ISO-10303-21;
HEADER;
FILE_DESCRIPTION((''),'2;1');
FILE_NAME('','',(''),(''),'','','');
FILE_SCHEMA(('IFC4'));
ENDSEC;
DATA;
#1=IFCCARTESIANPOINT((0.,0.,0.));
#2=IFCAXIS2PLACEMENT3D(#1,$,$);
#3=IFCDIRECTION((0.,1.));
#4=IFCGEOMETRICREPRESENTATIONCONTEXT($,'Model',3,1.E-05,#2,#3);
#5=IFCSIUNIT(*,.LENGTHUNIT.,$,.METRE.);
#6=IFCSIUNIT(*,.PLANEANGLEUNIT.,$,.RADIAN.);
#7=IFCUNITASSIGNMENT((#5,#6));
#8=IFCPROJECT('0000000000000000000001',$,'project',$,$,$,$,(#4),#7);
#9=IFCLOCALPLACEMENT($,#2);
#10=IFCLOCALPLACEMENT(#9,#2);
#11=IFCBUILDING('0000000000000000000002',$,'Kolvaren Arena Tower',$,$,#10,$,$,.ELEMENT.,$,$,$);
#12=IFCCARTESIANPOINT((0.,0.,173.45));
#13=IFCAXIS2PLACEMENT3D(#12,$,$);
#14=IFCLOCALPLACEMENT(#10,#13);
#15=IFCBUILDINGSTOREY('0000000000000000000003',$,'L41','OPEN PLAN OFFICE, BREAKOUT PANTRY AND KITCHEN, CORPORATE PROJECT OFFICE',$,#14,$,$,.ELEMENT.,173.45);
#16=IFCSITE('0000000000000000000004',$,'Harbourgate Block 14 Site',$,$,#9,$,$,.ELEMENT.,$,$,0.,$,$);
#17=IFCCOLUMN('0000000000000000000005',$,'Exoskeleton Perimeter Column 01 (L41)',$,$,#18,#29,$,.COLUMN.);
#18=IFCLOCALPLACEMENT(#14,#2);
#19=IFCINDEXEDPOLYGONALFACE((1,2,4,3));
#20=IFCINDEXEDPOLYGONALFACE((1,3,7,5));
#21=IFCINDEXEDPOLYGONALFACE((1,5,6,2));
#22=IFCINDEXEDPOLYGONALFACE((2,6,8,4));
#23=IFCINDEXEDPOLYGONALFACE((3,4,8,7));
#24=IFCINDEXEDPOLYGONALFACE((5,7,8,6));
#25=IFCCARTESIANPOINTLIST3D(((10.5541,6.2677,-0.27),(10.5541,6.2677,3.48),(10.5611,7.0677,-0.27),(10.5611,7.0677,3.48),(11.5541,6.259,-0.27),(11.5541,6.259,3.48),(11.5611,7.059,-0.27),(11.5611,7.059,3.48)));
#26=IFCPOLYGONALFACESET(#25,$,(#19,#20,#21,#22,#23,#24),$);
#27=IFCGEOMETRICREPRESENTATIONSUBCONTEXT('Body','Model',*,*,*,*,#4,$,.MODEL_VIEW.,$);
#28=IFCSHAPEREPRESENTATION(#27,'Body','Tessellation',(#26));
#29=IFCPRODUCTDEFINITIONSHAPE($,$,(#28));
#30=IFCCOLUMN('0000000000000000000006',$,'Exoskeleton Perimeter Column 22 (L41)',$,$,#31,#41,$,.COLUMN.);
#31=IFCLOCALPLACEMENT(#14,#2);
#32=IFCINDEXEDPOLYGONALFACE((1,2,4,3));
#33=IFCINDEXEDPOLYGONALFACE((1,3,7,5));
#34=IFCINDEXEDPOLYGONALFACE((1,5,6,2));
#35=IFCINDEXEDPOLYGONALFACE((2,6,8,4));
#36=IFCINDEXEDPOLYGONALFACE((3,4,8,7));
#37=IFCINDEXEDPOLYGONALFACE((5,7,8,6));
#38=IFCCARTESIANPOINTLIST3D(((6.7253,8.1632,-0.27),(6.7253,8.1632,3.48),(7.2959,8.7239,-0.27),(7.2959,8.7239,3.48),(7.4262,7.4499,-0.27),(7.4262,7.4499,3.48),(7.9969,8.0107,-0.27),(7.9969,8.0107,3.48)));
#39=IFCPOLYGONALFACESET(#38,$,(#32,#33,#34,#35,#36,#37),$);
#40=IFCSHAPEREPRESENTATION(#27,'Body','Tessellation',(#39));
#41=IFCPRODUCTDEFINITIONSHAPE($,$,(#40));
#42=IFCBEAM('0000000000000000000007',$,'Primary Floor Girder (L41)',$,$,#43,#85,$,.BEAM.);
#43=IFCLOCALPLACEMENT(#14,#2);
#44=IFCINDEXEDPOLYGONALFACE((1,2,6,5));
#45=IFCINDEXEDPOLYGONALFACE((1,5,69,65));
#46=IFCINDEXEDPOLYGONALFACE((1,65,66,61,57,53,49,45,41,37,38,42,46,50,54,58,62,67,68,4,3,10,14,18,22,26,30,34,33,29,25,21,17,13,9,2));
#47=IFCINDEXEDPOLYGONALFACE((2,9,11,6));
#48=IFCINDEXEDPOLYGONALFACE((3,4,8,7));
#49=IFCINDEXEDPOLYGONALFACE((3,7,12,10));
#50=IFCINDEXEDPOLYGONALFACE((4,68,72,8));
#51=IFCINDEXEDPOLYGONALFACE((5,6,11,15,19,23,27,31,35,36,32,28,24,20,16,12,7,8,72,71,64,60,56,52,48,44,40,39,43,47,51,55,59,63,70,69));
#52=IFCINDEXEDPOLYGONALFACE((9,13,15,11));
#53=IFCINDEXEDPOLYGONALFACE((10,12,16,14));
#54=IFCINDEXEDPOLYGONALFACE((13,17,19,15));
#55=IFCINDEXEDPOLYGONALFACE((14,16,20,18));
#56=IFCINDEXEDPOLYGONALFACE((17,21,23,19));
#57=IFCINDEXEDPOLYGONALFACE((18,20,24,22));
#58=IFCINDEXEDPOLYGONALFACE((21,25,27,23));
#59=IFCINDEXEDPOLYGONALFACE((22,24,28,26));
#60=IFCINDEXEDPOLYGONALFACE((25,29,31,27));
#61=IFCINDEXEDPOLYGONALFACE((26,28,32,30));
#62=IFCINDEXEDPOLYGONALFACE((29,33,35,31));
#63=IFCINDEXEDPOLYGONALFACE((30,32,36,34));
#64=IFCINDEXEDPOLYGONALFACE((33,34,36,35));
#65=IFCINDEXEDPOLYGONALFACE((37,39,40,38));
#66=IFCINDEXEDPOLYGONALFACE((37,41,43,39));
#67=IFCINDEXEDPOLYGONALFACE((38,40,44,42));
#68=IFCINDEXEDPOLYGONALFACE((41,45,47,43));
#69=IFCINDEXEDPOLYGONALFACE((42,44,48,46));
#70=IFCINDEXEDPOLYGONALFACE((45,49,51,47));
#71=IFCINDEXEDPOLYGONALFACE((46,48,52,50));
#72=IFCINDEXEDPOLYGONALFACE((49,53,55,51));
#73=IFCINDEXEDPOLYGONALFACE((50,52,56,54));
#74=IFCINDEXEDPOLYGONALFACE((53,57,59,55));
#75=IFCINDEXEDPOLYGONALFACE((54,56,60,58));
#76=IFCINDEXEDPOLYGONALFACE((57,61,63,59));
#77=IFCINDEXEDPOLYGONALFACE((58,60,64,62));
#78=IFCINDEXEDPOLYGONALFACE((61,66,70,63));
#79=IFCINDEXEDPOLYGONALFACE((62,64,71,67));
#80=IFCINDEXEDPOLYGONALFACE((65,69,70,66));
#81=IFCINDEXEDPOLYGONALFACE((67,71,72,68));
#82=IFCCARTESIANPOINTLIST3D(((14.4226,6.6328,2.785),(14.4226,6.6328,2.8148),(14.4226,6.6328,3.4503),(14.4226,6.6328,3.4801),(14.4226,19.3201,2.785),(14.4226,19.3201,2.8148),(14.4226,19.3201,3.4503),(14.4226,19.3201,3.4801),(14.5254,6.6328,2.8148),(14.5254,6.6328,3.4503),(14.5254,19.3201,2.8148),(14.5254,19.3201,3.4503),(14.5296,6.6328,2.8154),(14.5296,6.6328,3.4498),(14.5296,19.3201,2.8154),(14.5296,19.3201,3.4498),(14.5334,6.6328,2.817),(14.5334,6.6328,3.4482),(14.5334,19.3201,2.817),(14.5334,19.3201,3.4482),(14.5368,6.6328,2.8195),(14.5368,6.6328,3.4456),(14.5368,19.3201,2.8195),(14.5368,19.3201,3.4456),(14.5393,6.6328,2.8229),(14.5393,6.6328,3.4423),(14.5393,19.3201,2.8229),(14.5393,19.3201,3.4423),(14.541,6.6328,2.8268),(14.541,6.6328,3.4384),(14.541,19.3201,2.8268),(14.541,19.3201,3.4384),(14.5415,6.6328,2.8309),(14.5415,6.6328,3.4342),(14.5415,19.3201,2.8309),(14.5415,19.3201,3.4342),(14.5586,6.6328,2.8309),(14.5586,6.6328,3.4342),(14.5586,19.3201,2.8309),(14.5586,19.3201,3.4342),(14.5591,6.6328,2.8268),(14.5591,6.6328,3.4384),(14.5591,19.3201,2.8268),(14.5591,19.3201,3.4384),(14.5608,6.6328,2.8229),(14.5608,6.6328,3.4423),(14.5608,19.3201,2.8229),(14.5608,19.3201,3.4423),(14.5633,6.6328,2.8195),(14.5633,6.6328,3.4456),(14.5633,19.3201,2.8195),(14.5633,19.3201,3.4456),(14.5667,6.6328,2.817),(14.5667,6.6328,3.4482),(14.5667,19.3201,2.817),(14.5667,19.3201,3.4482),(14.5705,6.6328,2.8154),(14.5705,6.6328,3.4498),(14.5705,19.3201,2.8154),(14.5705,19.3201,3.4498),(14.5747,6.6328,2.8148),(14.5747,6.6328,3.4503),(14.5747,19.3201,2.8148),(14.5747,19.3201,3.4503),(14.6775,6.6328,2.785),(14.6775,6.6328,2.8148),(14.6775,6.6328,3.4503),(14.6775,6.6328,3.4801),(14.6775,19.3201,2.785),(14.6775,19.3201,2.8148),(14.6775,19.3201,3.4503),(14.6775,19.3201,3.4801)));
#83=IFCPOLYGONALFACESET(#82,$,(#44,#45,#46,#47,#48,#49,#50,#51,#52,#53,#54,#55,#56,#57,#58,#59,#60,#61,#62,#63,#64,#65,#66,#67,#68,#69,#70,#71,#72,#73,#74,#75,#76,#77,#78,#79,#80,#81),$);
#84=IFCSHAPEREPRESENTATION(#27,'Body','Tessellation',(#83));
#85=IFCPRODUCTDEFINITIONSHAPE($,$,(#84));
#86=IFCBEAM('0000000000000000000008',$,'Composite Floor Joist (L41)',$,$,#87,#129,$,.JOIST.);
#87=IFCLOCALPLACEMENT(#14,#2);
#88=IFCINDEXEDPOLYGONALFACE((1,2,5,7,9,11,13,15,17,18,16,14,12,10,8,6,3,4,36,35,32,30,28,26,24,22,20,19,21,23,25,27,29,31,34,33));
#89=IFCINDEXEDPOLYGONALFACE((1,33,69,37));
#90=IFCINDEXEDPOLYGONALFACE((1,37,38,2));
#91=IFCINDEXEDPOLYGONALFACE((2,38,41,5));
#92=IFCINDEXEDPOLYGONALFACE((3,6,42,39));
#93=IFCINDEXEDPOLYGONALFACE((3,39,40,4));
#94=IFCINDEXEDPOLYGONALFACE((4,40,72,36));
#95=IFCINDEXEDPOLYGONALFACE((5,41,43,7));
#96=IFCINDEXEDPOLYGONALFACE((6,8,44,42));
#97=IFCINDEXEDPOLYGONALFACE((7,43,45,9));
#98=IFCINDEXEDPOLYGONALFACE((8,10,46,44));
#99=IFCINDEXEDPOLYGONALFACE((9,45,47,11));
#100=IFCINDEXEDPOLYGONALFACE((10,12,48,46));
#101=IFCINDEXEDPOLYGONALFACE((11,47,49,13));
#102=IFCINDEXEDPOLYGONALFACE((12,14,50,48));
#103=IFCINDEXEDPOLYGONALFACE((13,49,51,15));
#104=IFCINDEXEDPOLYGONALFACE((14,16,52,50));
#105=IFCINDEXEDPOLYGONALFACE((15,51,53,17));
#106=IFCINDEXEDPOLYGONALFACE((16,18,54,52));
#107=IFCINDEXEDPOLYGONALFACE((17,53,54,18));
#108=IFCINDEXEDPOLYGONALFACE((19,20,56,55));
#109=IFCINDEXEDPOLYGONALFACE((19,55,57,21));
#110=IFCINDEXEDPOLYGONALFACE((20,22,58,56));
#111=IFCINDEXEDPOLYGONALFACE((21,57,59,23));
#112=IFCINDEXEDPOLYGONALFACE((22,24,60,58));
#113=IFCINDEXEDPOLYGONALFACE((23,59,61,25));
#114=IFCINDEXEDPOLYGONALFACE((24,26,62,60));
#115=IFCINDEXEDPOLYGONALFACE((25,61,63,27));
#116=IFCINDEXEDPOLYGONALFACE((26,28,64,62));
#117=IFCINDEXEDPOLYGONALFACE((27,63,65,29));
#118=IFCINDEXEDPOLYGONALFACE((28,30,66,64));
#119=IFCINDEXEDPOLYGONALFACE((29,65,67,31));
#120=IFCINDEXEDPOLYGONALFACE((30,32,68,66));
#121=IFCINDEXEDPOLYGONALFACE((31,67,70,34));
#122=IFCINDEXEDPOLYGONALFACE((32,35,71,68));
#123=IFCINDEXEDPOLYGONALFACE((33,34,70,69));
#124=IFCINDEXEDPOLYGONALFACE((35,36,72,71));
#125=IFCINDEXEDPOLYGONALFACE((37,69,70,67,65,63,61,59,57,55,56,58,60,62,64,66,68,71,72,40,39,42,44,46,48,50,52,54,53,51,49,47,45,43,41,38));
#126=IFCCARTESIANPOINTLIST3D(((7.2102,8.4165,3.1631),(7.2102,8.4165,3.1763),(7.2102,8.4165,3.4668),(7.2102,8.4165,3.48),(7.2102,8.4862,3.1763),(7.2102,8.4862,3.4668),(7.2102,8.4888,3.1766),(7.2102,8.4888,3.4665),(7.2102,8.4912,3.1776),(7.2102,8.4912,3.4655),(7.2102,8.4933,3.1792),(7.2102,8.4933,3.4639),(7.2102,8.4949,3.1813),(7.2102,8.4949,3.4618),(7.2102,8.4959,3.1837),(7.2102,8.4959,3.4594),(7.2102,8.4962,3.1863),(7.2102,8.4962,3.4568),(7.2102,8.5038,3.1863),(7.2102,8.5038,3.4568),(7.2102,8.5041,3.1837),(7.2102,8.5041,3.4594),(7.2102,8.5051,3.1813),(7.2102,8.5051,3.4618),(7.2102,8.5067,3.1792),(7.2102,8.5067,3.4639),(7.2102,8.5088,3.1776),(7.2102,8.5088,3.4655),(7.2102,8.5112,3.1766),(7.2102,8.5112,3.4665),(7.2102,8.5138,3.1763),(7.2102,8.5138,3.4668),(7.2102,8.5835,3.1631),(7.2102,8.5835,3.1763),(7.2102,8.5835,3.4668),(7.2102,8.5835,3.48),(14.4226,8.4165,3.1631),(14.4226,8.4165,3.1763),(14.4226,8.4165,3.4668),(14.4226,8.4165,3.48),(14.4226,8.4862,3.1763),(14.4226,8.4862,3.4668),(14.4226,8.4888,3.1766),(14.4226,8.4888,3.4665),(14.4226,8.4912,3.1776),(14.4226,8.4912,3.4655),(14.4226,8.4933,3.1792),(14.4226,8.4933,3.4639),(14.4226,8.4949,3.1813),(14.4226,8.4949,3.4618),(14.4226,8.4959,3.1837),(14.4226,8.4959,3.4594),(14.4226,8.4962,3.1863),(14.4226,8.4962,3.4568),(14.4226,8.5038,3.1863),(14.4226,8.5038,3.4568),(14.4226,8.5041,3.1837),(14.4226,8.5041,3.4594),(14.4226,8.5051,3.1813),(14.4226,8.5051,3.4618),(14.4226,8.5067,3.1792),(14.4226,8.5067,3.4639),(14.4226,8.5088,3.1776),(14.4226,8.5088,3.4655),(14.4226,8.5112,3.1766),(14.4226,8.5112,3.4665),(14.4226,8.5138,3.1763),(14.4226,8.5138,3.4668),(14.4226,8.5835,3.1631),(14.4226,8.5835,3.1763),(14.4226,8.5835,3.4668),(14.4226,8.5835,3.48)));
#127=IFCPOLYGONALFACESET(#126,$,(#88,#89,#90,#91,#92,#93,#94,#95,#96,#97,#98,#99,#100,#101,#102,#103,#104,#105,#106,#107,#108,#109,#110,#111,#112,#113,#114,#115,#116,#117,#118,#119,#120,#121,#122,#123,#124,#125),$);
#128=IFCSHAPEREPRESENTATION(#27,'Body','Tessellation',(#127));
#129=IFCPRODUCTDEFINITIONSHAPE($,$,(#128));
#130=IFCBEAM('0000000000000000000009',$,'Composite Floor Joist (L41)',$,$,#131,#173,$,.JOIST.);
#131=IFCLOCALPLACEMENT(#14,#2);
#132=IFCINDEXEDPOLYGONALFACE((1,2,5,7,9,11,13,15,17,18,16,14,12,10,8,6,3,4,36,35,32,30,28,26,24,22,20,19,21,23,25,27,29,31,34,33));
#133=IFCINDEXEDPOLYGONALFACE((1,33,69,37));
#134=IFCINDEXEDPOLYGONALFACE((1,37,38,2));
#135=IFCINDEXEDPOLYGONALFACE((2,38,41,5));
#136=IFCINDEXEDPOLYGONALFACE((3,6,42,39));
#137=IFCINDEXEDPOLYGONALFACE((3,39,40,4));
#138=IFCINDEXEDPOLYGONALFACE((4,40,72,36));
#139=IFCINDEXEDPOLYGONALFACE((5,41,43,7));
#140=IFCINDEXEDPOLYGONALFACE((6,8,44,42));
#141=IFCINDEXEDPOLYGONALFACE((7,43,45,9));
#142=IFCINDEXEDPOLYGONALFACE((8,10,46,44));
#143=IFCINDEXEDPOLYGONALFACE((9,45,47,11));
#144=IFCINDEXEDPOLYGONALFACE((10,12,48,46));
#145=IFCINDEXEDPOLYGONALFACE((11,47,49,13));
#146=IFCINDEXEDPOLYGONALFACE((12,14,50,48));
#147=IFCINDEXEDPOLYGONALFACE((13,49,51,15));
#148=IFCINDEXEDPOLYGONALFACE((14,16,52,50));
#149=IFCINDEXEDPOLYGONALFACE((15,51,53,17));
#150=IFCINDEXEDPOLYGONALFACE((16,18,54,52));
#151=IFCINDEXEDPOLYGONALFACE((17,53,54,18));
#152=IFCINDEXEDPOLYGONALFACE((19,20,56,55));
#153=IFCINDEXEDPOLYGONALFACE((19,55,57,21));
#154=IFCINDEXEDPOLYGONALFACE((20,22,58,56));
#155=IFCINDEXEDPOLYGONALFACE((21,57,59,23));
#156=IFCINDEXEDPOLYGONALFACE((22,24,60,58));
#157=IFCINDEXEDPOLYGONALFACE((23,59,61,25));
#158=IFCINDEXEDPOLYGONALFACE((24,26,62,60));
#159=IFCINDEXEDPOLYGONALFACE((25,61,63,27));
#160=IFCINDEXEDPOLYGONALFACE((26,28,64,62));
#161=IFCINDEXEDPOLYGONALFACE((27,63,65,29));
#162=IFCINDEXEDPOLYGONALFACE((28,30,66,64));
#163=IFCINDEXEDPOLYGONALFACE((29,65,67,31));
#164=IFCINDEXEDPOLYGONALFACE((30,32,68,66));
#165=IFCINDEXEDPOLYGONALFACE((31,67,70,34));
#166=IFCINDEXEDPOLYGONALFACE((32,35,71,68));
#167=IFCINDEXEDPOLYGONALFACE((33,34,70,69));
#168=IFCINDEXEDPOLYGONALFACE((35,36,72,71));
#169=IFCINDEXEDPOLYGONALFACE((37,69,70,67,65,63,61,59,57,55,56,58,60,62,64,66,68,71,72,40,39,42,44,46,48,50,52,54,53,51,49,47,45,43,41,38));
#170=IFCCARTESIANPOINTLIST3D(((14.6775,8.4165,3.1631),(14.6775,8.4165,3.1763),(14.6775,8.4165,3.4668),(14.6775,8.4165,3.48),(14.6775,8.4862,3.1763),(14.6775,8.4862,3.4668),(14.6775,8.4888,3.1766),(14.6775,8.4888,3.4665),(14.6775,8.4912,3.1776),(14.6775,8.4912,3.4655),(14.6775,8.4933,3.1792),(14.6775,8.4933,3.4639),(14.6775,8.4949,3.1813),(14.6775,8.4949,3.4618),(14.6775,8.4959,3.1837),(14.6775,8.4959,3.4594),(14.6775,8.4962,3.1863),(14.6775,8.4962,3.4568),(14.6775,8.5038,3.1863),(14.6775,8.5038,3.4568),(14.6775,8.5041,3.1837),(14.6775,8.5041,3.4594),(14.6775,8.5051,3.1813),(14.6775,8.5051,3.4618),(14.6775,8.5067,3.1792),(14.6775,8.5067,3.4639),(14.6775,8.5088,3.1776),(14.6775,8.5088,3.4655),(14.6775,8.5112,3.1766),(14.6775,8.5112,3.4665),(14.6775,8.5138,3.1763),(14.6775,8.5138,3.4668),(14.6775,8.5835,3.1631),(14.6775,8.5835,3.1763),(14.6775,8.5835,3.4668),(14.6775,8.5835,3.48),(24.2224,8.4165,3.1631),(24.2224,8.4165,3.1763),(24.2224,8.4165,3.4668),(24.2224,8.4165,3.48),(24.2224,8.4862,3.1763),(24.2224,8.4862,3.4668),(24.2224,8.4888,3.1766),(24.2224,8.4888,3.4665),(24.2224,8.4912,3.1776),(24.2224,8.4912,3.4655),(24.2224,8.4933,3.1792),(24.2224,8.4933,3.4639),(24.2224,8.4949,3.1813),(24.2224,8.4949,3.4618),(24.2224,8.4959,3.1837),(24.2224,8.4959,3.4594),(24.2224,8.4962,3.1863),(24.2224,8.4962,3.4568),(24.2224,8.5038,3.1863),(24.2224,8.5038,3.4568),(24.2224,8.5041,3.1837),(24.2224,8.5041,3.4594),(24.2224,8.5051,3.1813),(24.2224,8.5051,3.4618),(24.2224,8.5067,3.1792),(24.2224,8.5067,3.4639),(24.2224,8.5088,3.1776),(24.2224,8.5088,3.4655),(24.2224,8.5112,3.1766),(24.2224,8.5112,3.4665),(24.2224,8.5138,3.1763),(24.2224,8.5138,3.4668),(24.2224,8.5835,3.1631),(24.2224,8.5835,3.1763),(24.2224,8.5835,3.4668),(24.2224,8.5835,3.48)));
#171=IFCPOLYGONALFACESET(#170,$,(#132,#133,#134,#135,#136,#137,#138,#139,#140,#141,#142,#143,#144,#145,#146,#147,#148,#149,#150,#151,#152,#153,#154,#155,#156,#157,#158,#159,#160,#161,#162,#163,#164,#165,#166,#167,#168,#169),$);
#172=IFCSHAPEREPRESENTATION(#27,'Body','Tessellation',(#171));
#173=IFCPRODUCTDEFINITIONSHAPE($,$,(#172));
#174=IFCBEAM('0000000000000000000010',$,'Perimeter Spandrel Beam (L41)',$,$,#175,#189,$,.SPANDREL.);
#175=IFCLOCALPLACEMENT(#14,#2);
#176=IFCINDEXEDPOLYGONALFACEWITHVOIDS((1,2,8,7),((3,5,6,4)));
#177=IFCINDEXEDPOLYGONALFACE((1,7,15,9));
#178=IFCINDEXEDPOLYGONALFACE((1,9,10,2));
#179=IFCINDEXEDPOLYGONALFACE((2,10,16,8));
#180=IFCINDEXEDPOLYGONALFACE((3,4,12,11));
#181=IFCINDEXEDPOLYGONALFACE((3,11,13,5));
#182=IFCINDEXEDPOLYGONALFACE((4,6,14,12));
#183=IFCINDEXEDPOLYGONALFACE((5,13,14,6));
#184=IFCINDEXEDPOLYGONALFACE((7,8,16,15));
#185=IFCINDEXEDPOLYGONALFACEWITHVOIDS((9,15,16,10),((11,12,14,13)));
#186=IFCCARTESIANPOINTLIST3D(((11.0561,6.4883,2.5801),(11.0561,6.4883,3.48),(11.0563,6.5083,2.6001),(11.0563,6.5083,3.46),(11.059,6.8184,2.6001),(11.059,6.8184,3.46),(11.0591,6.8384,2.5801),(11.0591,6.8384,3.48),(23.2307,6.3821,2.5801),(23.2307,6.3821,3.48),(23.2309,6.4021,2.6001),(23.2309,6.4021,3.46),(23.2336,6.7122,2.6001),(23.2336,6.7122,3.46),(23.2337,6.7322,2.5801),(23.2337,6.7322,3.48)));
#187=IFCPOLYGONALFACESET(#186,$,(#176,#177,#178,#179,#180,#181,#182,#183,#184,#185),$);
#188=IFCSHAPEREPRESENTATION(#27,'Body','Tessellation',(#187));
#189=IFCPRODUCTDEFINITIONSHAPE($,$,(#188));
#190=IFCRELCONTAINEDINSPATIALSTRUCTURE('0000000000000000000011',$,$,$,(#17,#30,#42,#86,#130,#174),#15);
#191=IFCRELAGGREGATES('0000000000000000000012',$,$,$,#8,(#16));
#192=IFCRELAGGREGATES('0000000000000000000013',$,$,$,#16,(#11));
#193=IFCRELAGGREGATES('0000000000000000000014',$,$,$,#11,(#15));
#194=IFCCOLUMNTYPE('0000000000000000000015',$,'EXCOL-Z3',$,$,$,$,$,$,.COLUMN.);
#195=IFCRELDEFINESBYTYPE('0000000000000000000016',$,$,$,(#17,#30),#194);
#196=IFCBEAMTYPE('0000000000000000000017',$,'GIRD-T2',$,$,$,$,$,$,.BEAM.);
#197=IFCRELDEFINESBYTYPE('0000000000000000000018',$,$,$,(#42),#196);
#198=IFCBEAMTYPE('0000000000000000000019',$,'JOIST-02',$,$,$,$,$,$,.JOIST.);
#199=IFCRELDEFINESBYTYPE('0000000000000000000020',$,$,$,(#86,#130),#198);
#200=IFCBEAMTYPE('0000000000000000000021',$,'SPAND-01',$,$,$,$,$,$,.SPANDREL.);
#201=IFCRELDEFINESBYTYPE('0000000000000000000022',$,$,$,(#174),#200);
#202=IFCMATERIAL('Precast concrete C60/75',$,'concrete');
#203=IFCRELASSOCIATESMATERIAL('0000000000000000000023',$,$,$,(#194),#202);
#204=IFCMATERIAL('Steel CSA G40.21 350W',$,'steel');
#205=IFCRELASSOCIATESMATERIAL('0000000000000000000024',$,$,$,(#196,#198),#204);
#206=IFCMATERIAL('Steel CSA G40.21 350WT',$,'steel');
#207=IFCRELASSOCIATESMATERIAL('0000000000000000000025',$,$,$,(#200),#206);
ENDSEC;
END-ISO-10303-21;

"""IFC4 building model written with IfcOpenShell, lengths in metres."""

from ifc_helpers import new_model, si_unit, direction, frame, origin, origin_2d, place, context, subcontext, project, spatial, rectangle, hollow_rectangle, i_section, extrude, material, material_profile, profile_set, type_object, element, save


model = new_model("IFC4")

# Units and contexts
model_context = context("Model", 3, precision=1e-05, world=origin(), true_north=direction((0.0, 1.0)))
body_context = subcontext(model_context, "Body", "Model", "MODEL_VIEW")
ifc_project = project(units=[si_unit("LENGTHUNIT", "METRE"), si_unit("PLANEANGLEUNIT", "RADIAN")], contexts=[model_context])

# Site, building, storey
site_placement = place(None, origin())
site = spatial("IfcSite", under=ifc_project, at=site_placement, Name="Harbourgate Block 14 Site", CompositionType="ELEMENT", RefElevation=0.0)
building_placement = place(site_placement, origin())
building = spatial("IfcBuilding", under=site, at=building_placement, Name="Kolvaren Arena Tower", CompositionType="ELEMENT")
storey_placement = place(building_placement, frame((0.0, 0.0, 173.45)))
storey = spatial("IfcBuildingStorey", under=building, at=storey_placement, Name="L41", Description="OPEN PLAN OFFICE, BREAKOUT PANTRY AND KITCHEN, CORPORATE PROJECT OFFICE", CompositionType="ELEMENT", Elevation=173.45)

# Columns
ifc_material_1 = material(Name="Precast concrete C60/75", Category="concrete")
ifc_material_profile_1 = material_profile(ifc_material_1, rectangle(XDim=1.0, YDim=0.8, at=origin_2d()), Name="RC-1000x800")
ifc_profile_set_1 = profile_set([ifc_material_profile_1], Name="Precast concrete C60/75")
column_type = type_object("IfcColumnType", Name="EXCOL-Z3", PredefinedType="COLUMN", material=ifc_profile_set_1)
for number, where, z_axis, x_axis, name in (
    (1, (11.0576, 6.6633, -0.27), (0.0, 0.0, 1.0), (0.999962, -0.008727, 0.0), "Exoskeleton Perimeter Column 01 (L41)"),
    (2, (7.3611, 8.0869, -0.27), (0.0, 0.0, 1.0), (-0.700909, 0.71325, 0.0), "Exoskeleton Perimeter Column 22 (L41)"),
):
    element("IfcColumn", number, at=place(storey_placement, frame(where, z_axis=z_axis, x_axis=x_axis)), inside=storey, type_object=column_type, Name=name, PredefinedType="COLUMN", context=body_context, shape_type="SweptSolid", body=[
        extrude(rectangle(XDim=1.0, YDim=0.8, at=origin_2d()), origin(), (0.0, 0.0, 1.0), 3.75),
    ])

# Beams
ifc_material_2 = material(Name="Steel CSA G40.21 350W", Category="steel")
ifc_material_profile_2 = material_profile(ifc_material_2, i_section(OverallWidth=0.2549, OverallDepth=0.6951, WebThickness=0.0171, FlangeThickness=0.0298, FilletRadius=0.0161, at=origin_2d()), Name="W690x217")
ifc_profile_set_2 = profile_set([ifc_material_profile_2], Name="Steel CSA G40.21 350W")
beam_type_1 = type_object("IfcBeamType", Name="GIRD-T2", PredefinedType="BEAM", material=ifc_profile_set_2)
beam_1_placement = place(storey_placement, frame((14.55, 6.6328, 3.1326), z_axis=(0.0, 1.0, 0.0), x_axis=(-1.0, 0.0, 0.0)))
element("IfcBeam", 3, at=beam_1_placement, inside=storey, type_object=beam_type_1, Name="Primary Floor Girder (L41)", PredefinedType="BEAM", context=body_context, shape_type="SweptSolid", body=[
    extrude(i_section(OverallWidth=0.2549, OverallDepth=0.6951, WebThickness=0.0171, FlangeThickness=0.0298, FilletRadius=0.0161, at=origin_2d()), origin(), (0.0, 0.0, 1.0), 12.6873),
])
ifc_material_profile_3 = material_profile(ifc_material_2, i_section(OverallWidth=0.167, OverallDepth=0.3169, WebThickness=0.0076, FlangeThickness=0.0132, FilletRadius=0.01, at=origin_2d()), Name="W310x52")
ifc_profile_set_3 = profile_set([ifc_material_profile_3], Name="Steel CSA G40.21 350W")
beam_type_2 = type_object("IfcBeamType", Name="JOIST-02", PredefinedType="JOIST", material=ifc_profile_set_3)
beam_2_placement = place(storey_placement, frame((7.2102, 8.5, 3.3215), z_axis=(1.0, 0.0, 0.0), x_axis=(0.0, 1.0, 0.0)))
element("IfcBeam", 4, at=beam_2_placement, inside=storey, type_object=beam_type_2, Name="Composite Floor Joist (L41)", PredefinedType="JOIST", context=body_context, shape_type="SweptSolid", body=[
    extrude(i_section(OverallWidth=0.167, OverallDepth=0.3169, WebThickness=0.0076, FlangeThickness=0.0132, FilletRadius=0.01, at=origin_2d()), origin(), (0.0, 0.0, 1.0), 7.2124),
])
beam_3_placement = place(storey_placement, frame((14.6775, 8.5, 3.3215), z_axis=(1.0, 0.0, 0.0), x_axis=(0.0, 1.0, 0.0)))
element("IfcBeam", 5, at=beam_3_placement, inside=storey, type_object=beam_type_2, Name="Composite Floor Joist (L41)", PredefinedType="JOIST", context=body_context, shape_type="SweptSolid", body=[
    extrude(i_section(OverallWidth=0.167, OverallDepth=0.3169, WebThickness=0.0076, FlangeThickness=0.0132, FilletRadius=0.01, at=origin_2d()), origin(), (0.0, 0.0, 1.0), 9.5449),
])
ifc_material_3 = material(Name="Steel CSA G40.21 350WT", Category="steel")
ifc_material_profile_4 = material_profile(ifc_material_3, hollow_rectangle(XDim=0.3501, YDim=0.8999, WallThickness=0.02, at=origin_2d()), Name="HSS 900x350x20")
ifc_profile_set_4 = profile_set([ifc_material_profile_4], Name="Steel CSA G40.21 350WT")
beam_type_3 = type_object("IfcBeamType", Name="SPAND-01", PredefinedType="SPANDREL", material=ifc_profile_set_4)
beam_4_placement = place(storey_placement, frame((11.0576, 6.6633, 3.03), z_axis=(0.999962, -0.008723, 0.0), x_axis=(0.008723, 0.999962, 0.0)))
element("IfcBeam", 6, at=beam_4_placement, inside=storey, type_object=beam_type_3, Name="Perimeter Spandrel Beam (L41)", PredefinedType="SPANDREL", context=body_context, shape_type="SweptSolid", body=[
    extrude(hollow_rectangle(XDim=0.3501, YDim=0.8999, WallThickness=0.02, at=origin_2d()), origin(), (0.0, 0.0, 1.0), 12.175),
])

save(model, "model.ifc")
